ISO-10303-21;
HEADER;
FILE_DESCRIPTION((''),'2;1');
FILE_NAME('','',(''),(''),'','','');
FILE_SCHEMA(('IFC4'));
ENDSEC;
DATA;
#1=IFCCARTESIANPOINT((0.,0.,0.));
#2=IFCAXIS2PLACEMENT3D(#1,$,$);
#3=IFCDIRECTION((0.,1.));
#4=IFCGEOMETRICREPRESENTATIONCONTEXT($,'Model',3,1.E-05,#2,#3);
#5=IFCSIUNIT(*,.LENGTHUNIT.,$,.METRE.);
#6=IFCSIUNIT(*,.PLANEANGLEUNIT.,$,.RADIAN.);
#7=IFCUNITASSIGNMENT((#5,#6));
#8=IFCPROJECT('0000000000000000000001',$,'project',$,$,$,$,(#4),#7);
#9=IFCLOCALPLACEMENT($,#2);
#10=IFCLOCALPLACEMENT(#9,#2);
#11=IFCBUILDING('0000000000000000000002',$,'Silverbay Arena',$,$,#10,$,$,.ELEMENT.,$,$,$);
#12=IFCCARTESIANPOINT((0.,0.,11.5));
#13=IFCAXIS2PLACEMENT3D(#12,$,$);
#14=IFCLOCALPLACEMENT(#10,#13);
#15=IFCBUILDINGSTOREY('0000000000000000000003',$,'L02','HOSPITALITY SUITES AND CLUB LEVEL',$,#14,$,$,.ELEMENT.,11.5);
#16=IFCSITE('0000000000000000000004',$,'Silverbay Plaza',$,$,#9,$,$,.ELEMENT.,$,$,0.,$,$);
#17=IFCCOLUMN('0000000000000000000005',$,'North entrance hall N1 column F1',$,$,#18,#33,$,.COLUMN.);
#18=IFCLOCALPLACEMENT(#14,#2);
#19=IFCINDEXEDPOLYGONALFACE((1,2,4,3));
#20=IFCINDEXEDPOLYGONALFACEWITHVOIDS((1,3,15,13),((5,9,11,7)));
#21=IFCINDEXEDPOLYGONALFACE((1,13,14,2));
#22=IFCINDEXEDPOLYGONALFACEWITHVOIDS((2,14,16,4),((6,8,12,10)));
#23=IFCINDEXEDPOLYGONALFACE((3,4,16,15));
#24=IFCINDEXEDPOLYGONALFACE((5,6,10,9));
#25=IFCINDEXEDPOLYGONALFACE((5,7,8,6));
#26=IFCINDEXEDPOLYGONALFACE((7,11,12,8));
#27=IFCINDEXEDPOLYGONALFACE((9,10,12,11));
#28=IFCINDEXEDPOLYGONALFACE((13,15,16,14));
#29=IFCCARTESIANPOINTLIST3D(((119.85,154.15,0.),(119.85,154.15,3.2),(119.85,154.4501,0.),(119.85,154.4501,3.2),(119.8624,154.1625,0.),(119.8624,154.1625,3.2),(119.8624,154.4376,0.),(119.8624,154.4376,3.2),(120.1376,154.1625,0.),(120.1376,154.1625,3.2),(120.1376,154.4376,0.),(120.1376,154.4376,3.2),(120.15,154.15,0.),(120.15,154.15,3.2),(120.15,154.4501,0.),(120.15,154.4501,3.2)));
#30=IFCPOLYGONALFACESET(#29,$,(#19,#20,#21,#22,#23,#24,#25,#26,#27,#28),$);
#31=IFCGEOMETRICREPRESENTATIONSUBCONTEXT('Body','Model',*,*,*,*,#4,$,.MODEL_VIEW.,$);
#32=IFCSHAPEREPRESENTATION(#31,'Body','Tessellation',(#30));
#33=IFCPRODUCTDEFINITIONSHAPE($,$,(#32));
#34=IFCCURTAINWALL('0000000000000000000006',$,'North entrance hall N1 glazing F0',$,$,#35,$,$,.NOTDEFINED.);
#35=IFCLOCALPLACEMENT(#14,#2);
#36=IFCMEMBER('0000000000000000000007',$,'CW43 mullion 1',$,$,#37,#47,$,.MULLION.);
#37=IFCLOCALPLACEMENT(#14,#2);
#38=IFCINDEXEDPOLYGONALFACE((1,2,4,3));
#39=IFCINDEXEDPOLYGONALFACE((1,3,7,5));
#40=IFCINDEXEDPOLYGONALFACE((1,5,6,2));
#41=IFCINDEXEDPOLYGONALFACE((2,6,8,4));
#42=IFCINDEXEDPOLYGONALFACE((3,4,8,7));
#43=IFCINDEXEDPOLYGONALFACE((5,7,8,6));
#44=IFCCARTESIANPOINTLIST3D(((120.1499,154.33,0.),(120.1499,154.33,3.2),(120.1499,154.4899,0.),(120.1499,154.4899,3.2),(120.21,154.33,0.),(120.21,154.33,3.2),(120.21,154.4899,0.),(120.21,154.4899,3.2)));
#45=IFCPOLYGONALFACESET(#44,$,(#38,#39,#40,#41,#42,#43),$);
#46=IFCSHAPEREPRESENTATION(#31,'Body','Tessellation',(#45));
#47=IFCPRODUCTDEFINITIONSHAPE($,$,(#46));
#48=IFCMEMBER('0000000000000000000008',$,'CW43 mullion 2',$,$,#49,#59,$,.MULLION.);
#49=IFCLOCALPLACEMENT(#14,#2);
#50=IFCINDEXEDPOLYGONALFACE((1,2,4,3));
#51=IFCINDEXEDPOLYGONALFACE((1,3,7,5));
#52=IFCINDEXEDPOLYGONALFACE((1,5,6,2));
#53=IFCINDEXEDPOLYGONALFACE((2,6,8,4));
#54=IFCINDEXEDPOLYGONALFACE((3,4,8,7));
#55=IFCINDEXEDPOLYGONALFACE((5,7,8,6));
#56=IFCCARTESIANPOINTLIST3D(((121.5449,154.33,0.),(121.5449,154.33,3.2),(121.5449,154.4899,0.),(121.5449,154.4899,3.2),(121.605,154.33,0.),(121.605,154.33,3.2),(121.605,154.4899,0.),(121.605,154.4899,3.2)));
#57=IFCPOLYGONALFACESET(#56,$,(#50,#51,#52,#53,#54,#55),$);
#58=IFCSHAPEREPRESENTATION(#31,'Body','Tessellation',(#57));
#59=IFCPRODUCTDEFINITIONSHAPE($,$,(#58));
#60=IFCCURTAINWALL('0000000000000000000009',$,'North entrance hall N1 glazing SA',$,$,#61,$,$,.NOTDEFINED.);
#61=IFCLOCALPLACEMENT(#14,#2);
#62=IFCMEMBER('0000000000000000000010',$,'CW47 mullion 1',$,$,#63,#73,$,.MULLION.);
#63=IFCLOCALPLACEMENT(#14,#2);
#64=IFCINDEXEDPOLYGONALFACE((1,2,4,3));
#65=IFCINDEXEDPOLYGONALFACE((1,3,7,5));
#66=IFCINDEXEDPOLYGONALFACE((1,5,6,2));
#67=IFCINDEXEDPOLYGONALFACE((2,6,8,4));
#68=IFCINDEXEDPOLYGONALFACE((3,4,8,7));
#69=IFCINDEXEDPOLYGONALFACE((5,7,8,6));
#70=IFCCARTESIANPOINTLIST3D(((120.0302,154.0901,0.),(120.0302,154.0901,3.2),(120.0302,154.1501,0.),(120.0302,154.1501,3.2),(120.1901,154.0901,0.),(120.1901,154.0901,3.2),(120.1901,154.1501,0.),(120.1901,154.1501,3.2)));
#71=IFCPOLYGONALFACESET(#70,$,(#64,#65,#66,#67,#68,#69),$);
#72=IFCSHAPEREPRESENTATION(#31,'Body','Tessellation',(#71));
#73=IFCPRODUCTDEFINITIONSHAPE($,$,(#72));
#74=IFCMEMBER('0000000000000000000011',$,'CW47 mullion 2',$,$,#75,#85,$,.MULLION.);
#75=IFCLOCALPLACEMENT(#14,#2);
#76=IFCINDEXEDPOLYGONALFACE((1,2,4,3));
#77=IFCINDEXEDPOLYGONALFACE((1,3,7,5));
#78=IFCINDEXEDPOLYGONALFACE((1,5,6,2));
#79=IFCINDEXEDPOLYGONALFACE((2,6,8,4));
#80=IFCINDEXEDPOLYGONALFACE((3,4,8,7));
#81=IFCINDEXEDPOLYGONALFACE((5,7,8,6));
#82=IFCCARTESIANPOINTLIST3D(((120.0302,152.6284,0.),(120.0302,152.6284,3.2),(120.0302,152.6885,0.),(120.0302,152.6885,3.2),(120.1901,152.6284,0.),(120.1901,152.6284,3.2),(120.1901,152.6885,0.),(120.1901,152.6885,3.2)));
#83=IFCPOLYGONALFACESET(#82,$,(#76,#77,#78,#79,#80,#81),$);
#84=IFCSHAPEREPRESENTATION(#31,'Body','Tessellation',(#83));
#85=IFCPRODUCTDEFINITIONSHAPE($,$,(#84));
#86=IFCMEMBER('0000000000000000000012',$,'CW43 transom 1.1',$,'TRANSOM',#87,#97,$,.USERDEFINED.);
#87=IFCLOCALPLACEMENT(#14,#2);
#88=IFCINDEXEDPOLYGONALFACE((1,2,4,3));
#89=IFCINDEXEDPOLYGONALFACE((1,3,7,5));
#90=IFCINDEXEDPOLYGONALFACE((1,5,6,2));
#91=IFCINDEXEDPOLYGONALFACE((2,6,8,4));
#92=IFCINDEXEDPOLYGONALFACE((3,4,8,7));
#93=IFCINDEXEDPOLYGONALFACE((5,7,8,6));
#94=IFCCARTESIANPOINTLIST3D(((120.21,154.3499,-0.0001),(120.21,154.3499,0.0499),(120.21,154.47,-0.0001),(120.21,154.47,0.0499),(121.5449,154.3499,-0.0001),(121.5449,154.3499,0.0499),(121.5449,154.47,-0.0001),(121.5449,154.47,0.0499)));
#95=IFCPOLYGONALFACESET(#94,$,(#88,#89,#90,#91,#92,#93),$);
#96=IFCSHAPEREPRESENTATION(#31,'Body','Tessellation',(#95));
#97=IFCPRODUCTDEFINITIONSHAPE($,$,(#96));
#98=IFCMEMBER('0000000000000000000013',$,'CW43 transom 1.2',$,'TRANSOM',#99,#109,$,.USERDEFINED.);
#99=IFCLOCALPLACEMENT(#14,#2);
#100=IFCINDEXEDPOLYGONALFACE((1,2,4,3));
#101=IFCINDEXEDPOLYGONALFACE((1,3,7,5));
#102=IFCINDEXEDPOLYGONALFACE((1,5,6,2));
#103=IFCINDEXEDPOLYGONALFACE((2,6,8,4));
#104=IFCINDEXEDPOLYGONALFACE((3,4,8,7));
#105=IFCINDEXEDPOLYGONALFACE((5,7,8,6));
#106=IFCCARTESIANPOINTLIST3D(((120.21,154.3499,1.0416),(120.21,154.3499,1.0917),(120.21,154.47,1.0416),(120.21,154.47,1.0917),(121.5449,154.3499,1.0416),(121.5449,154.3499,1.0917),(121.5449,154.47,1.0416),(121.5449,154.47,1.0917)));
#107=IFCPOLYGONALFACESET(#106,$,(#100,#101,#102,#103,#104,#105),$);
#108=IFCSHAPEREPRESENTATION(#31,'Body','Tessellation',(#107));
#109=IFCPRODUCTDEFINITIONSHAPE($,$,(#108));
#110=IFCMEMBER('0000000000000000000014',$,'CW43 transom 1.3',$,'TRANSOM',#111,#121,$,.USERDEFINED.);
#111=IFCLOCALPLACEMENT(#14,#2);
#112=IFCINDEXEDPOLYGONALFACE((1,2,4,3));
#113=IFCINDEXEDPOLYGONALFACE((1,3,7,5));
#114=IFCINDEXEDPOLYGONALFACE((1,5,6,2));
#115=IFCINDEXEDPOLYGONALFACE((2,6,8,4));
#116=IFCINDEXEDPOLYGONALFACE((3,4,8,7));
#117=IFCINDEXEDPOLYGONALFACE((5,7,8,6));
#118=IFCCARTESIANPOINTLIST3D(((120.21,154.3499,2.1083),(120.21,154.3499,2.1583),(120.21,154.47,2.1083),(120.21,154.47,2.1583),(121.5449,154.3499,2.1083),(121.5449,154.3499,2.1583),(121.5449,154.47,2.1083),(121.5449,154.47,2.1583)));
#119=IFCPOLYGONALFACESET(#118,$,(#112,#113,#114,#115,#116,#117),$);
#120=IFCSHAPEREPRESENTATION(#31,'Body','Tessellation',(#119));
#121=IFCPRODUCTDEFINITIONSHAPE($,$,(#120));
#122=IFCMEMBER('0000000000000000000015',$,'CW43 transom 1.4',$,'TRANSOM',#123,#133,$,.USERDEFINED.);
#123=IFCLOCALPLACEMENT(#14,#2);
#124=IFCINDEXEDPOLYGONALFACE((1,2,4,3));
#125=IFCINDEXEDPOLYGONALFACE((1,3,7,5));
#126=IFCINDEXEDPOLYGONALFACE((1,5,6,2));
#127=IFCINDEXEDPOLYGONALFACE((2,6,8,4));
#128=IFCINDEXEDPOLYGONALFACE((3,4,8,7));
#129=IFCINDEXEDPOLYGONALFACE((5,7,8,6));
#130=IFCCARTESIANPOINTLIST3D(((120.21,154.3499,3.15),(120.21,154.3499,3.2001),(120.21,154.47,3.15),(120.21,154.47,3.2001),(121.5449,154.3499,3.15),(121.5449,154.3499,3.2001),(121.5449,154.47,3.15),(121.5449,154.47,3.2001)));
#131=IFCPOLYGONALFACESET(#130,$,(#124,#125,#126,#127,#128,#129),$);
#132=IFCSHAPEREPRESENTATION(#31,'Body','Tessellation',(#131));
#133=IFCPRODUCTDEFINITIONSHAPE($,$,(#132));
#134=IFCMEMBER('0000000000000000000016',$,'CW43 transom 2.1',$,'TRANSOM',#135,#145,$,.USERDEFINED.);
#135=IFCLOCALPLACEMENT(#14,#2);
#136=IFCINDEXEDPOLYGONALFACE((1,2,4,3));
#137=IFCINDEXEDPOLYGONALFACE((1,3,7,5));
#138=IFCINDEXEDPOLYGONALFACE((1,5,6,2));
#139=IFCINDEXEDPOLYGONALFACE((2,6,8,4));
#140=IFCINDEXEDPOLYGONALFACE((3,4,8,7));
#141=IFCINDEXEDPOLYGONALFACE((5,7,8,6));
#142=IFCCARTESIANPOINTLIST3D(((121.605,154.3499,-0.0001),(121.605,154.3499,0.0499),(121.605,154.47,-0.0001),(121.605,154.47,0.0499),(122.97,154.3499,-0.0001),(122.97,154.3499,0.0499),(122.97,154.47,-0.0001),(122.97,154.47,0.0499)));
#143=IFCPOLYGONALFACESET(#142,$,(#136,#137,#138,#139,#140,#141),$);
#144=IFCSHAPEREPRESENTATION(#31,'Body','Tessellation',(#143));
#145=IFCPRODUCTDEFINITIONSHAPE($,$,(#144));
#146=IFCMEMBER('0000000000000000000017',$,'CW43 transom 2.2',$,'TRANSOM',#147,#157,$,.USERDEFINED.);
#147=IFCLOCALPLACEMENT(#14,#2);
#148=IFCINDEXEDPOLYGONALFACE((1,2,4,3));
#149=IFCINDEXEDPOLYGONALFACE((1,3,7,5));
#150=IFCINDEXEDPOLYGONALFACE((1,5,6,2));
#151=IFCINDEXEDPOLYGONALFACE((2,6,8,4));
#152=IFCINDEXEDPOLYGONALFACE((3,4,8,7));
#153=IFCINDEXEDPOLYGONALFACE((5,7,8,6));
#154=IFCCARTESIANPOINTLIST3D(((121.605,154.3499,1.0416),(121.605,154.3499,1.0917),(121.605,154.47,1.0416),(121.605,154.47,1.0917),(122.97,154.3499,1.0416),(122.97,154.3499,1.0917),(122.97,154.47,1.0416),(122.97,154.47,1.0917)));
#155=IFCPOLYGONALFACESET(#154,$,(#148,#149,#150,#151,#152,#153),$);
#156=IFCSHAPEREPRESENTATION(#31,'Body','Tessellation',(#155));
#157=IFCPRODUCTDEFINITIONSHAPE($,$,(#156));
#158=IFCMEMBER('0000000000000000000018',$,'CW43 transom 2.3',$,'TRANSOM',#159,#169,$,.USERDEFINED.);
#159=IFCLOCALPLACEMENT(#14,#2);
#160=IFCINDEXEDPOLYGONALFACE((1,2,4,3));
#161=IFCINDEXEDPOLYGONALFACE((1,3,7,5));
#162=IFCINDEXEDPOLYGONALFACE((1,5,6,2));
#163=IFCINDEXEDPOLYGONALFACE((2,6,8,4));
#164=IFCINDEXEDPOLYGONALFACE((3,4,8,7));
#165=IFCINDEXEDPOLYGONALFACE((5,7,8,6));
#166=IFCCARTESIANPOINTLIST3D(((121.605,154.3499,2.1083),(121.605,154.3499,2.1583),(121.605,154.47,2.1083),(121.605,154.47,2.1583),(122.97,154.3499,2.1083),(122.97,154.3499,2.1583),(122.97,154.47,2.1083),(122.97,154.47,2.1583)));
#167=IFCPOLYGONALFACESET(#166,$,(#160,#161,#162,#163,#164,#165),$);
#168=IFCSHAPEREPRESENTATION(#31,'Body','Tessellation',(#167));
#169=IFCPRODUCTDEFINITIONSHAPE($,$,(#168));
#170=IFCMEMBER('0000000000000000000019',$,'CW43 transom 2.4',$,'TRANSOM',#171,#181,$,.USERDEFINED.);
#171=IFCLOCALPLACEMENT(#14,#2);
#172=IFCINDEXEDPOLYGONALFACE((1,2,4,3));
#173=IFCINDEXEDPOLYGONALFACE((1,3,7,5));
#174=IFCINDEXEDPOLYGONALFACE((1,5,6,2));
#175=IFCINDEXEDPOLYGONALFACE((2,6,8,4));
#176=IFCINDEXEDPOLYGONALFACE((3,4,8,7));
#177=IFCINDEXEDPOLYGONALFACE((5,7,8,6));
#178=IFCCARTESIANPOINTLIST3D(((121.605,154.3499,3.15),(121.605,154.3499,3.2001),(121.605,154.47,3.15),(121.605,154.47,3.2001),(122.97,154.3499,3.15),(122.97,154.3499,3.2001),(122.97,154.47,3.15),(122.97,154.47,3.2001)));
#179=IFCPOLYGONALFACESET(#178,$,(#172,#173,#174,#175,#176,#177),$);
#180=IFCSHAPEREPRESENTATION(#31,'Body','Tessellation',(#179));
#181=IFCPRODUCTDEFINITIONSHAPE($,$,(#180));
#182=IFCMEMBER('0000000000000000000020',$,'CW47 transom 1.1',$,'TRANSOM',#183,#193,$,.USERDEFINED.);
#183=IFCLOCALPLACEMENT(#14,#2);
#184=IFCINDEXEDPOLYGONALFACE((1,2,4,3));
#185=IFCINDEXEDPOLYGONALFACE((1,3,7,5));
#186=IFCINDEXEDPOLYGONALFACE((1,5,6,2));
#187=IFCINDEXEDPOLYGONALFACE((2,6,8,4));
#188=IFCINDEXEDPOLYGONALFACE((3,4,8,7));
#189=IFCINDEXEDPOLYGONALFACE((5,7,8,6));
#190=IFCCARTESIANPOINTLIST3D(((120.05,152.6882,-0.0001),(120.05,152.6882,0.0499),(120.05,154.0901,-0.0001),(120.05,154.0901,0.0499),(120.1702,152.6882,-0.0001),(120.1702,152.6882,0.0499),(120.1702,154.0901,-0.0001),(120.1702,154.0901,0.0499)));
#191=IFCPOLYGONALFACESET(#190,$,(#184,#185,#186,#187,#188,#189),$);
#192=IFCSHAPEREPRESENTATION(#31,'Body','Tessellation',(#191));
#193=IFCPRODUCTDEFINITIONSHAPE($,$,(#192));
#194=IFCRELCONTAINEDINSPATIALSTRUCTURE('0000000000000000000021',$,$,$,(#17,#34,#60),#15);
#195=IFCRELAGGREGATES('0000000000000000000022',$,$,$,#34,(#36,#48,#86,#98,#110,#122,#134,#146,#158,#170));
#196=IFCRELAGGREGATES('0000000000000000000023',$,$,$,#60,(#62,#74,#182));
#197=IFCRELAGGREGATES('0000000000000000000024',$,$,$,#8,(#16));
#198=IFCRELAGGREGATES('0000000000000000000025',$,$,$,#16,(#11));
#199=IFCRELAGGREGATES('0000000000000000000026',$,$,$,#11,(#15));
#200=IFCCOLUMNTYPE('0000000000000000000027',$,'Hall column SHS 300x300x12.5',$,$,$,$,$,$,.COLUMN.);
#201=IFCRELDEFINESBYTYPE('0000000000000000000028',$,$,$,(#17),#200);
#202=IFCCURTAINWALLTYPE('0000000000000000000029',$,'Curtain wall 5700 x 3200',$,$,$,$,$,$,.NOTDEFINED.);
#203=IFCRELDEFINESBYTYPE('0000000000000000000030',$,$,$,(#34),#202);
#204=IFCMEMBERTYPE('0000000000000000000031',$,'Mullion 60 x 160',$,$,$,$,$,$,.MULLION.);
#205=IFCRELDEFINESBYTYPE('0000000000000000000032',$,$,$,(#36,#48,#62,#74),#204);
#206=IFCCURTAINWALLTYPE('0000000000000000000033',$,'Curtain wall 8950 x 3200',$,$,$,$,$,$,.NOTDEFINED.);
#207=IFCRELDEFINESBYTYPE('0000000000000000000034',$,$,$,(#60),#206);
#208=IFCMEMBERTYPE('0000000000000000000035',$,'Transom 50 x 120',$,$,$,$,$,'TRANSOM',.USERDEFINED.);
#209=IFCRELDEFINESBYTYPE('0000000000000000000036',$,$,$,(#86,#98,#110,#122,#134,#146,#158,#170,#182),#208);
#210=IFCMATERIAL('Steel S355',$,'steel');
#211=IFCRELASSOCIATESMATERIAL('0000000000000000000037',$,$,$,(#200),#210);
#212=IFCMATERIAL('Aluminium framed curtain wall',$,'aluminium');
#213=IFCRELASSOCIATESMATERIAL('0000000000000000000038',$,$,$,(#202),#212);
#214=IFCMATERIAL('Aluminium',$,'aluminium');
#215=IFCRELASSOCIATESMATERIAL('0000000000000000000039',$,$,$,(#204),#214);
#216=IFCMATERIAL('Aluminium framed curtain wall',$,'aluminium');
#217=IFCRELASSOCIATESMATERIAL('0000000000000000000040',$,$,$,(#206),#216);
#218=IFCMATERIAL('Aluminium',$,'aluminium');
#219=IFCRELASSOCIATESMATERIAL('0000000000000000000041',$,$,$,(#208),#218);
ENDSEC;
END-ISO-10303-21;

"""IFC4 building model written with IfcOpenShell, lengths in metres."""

from ifc_helpers import new_model, si_unit, direction, frame, origin, origin_2d, place, context, subcontext, project, spatial, rectangle, hollow_rectangle, extrude, material, material_profile, profile_set, type_object, element, aggregate, save


model = new_model("IFC4")

# Units and contexts
model_context = context("Model", 3, precision=1e-05, world=origin(), true_north=direction((0.0, 1.0)))
body_context = subcontext(model_context, "Body", "Model", "MODEL_VIEW")
ifc_project = project(units=[si_unit("LENGTHUNIT", "METRE"), si_unit("PLANEANGLEUNIT", "RADIAN")], contexts=[model_context])

# Site, building, storey
site_placement = place(None, origin())
site = spatial("IfcSite", under=ifc_project, at=site_placement, Name="Silverbay Plaza", CompositionType="ELEMENT", RefElevation=0.0)
building_placement = place(site_placement, origin())
building = spatial("IfcBuilding", under=site, at=building_placement, Name="Silverbay Arena", CompositionType="ELEMENT")
storey_placement = place(building_placement, frame((0.0, 0.0, 11.5)))
storey = spatial("IfcBuildingStorey", under=building, at=storey_placement, Name="L02", Description="HOSPITALITY SUITES AND CLUB LEVEL", CompositionType="ELEMENT", Elevation=11.5)

# Column
ifc_material_1 = material(Name="Steel S355", Category="steel")
ifc_material_profile_1 = material_profile(ifc_material_1, hollow_rectangle(XDim=0.3, YDim=0.3, WallThickness=0.0125, at=origin_2d()), Name="SHS 300x300x12.5")
ifc_profile_set_1 = profile_set([ifc_material_profile_1], Name="Steel S355")
column_type = type_object("IfcColumnType", Name="Hall column SHS 300x300x12.5", PredefinedType="COLUMN", material=ifc_profile_set_1)
column_placement = place(storey_placement, frame((120.0, 154.3, 0.0), z_axis=(0.0, 0.0, 1.0), x_axis=(1.0, 0.0, 0.0)))
element("IfcColumn", 1, at=column_placement, inside=storey, type_object=column_type, Name="North entrance hall N1 column F1", PredefinedType="COLUMN", context=body_context, shape_type="SweptSolid", body=[
    extrude(hollow_rectangle(XDim=0.3, YDim=0.3, WallThickness=0.0125, at=origin_2d()), origin(), (0.0, 0.0, 1.0), 3.2),
])

# Curtain walls, members
ifc_material_2 = material(Name="Aluminium framed curtain wall", Category="aluminium")
curtain_wall_type_1 = type_object("IfcCurtainWallType", Name="Curtain wall 5700 x 3200", PredefinedType="NOTDEFINED", material=ifc_material_2)
curtain_wall_1_placement = place(storey_placement, origin())
curtain_wall_1 = element("IfcCurtainWall", 2, at=curtain_wall_1_placement, inside=storey, type_object=curtain_wall_type_1, Name="North entrance hall N1 glazing F0", PredefinedType="NOTDEFINED")
ifc_material_3 = material(Name="Aluminium", Category="aluminium")
ifc_material_profile_2 = material_profile(ifc_material_3, rectangle(XDim=0.1599, YDim=0.0601, at=origin_2d()), Name="Mullion 60 x 160")
ifc_profile_set_2 = profile_set([ifc_material_profile_2], Name="Aluminium")
member_type_1 = type_object("IfcMemberType", Name="Mullion 60 x 160", PredefinedType="MULLION", material=ifc_profile_set_2)
member_1_placement = place(storey_placement, frame((120.1799, 154.4099, 0.0), z_axis=(0.0, 0.0, 1.0), x_axis=(0.0, 1.0, 0.0)))
member_1 = element("IfcMember", 3, at=member_1_placement, type_object=member_type_1, Name="CW43 mullion 1", PredefinedType="MULLION", context=body_context, shape_type="SweptSolid", body=[
    extrude(rectangle(XDim=0.1599, YDim=0.0601, at=origin_2d()), origin(), (0.0, 0.0, 1.0), 3.2),
])
member_2_placement = place(storey_placement, frame((121.575, 154.4099, 0.0), z_axis=(0.0, 0.0, 1.0), x_axis=(0.0, 1.0, 0.0)))
member_2 = element("IfcMember", 4, at=member_2_placement, type_object=member_type_1, Name="CW43 mullion 2", PredefinedType="MULLION", context=body_context, shape_type="SweptSolid", body=[
    extrude(rectangle(XDim=0.1599, YDim=0.0601, at=origin_2d()), origin(), (0.0, 0.0, 1.0), 3.2),
])
ifc_material_4 = material(Name="Aluminium framed curtain wall", Category="aluminium")
curtain_wall_type_2 = type_object("IfcCurtainWallType", Name="Curtain wall 8950 x 3200", PredefinedType="NOTDEFINED", material=ifc_material_4)
curtain_wall_2_placement = place(storey_placement, origin())
curtain_wall_2 = element("IfcCurtainWall", 5, at=curtain_wall_2_placement, inside=storey, type_object=curtain_wall_type_2, Name="North entrance hall N1 glazing SA", PredefinedType="NOTDEFINED")
member_3_placement = place(storey_placement, frame((120.1101, 154.1201, 0.0), z_axis=(0.0, 0.0, 1.0), x_axis=(1.0, 0.0, 0.0)))
member_3 = element("IfcMember", 6, at=member_3_placement, type_object=member_type_1, Name="CW47 mullion 1", PredefinedType="MULLION", context=body_context, shape_type="SweptSolid", body=[
    extrude(rectangle(XDim=0.1599, YDim=0.0601, at=origin_2d()), origin(), (0.0, 0.0, 1.0), 3.2),
])
member_4_placement = place(storey_placement, frame((120.1101, 152.6584, 0.0), z_axis=(0.0, 0.0, 1.0), x_axis=(1.0, 0.0, 0.0)))
member_4 = element("IfcMember", 7, at=member_4_placement, type_object=member_type_1, Name="CW47 mullion 2", PredefinedType="MULLION", context=body_context, shape_type="SweptSolid", body=[
    extrude(rectangle(XDim=0.1599, YDim=0.0601, at=origin_2d()), origin(), (0.0, 0.0, 1.0), 3.2),
])

# Members
ifc_material_5 = material(Name="Aluminium", Category="aluminium")
ifc_material_profile_3 = material_profile(ifc_material_5, rectangle(XDim=0.1201, YDim=0.05, at=origin_2d()), Name="Transom 50 x 120")
ifc_profile_set_3 = profile_set([ifc_material_profile_3], Name="Aluminium")
member_type_2 = type_object("IfcMemberType", Name="Transom 50 x 120", ElementType="TRANSOM", PredefinedType="USERDEFINED", material=ifc_profile_set_3)
member_5_placement = place(storey_placement, frame((120.21, 154.4099, 0.0249), z_axis=(1.0, 0.0, 0.0), x_axis=(0.0, 1.0, 0.0)))
member_5 = element("IfcMember", 8, at=member_5_placement, type_object=member_type_2, Name="CW43 transom 1.1", ObjectType="TRANSOM", PredefinedType="USERDEFINED", context=body_context, shape_type="SweptSolid", body=[
    extrude(rectangle(XDim=0.1201, YDim=0.05, at=origin_2d()), origin(), (0.0, 0.0, 1.0), 1.335),
])
member_6_placement = place(storey_placement, frame((120.21, 154.4099, 1.0667), z_axis=(1.0, 0.0, 0.0), x_axis=(0.0, 1.0, 0.0)))
member_6 = element("IfcMember", 9, at=member_6_placement, type_object=member_type_2, Name="CW43 transom 1.2", ObjectType="TRANSOM", PredefinedType="USERDEFINED", context=body_context, shape_type="SweptSolid", body=[
    extrude(rectangle(XDim=0.1201, YDim=0.05, at=origin_2d()), origin(), (0.0, 0.0, 1.0), 1.335),
])
member_7_placement = place(storey_placement, frame((120.21, 154.4099, 2.1333), z_axis=(1.0, 0.0, 0.0), x_axis=(0.0, 1.0, 0.0)))
member_7 = element("IfcMember", 10, at=member_7_placement, type_object=member_type_2, Name="CW43 transom 1.3", ObjectType="TRANSOM", PredefinedType="USERDEFINED", context=body_context, shape_type="SweptSolid", body=[
    extrude(rectangle(XDim=0.1201, YDim=0.05, at=origin_2d()), origin(), (0.0, 0.0, 1.0), 1.335),
])
member_8_placement = place(storey_placement, frame((120.21, 154.4099, 3.175), z_axis=(1.0, 0.0, 0.0), x_axis=(0.0, 1.0, 0.0)))
member_8 = element("IfcMember", 11, at=member_8_placement, type_object=member_type_2, Name="CW43 transom 1.4", ObjectType="TRANSOM", PredefinedType="USERDEFINED", context=body_context, shape_type="SweptSolid", body=[
    extrude(rectangle(XDim=0.1201, YDim=0.05, at=origin_2d()), origin(), (0.0, 0.0, 1.0), 1.335),
])
member_9_placement = place(storey_placement, frame((121.605, 154.4099, 0.0249), z_axis=(1.0, 0.0, 0.0), x_axis=(0.0, 1.0, 0.0)))
member_9 = element("IfcMember", 12, at=member_9_placement, type_object=member_type_2, Name="CW43 transom 2.1", ObjectType="TRANSOM", PredefinedType="USERDEFINED", context=body_context, shape_type="SweptSolid", body=[
    extrude(rectangle(XDim=0.1201, YDim=0.05, at=origin_2d()), origin(), (0.0, 0.0, 1.0), 1.365),
])
member_10_placement = place(storey_placement, frame((121.605, 154.4099, 1.0667), z_axis=(1.0, 0.0, 0.0), x_axis=(0.0, 1.0, 0.0)))
member_10 = element("IfcMember", 13, at=member_10_placement, type_object=member_type_2, Name="CW43 transom 2.2", ObjectType="TRANSOM", PredefinedType="USERDEFINED", context=body_context, shape_type="SweptSolid", body=[
    extrude(rectangle(XDim=0.1201, YDim=0.05, at=origin_2d()), origin(), (0.0, 0.0, 1.0), 1.365),
])
member_11_placement = place(storey_placement, frame((121.605, 154.4099, 2.1333), z_axis=(1.0, 0.0, 0.0), x_axis=(0.0, 1.0, 0.0)))
member_11 = element("IfcMember", 14, at=member_11_placement, type_object=member_type_2, Name="CW43 transom 2.3", ObjectType="TRANSOM", PredefinedType="USERDEFINED", context=body_context, shape_type="SweptSolid", body=[
    extrude(rectangle(XDim=0.1201, YDim=0.05, at=origin_2d()), origin(), (0.0, 0.0, 1.0), 1.365),
])
member_12_placement = place(storey_placement, frame((121.605, 154.4099, 3.175), z_axis=(1.0, 0.0, 0.0), x_axis=(0.0, 1.0, 0.0)))
member_12 = element("IfcMember", 15, at=member_12_placement, type_object=member_type_2, Name="CW43 transom 2.4", ObjectType="TRANSOM", PredefinedType="USERDEFINED", context=body_context, shape_type="SweptSolid", body=[
    extrude(rectangle(XDim=0.1201, YDim=0.05, at=origin_2d()), origin(), (0.0, 0.0, 1.0), 1.365),
])
member_13_placement = place(storey_placement, frame((120.1101, 154.0901, 0.0249), z_axis=(0.0, -1.0, 0.0), x_axis=(1.0, 0.0, 0.0)))
member_13 = element("IfcMember", 16, at=member_13_placement, type_object=member_type_2, Name="CW47 transom 1.1", ObjectType="TRANSOM", PredefinedType="USERDEFINED", context=body_context, shape_type="SweptSolid", body=[
    extrude(rectangle(XDim=0.1201, YDim=0.05, at=origin_2d()), origin(), (0.0, 0.0, 1.0), 1.4019),
])

aggregate(curtain_wall_1, [member_1, member_2, member_5, member_6, member_7, member_8, member_9, member_10, member_11, member_12])
aggregate(curtain_wall_2, [member_3, member_4, member_13])

save(model, "model.ifc")
